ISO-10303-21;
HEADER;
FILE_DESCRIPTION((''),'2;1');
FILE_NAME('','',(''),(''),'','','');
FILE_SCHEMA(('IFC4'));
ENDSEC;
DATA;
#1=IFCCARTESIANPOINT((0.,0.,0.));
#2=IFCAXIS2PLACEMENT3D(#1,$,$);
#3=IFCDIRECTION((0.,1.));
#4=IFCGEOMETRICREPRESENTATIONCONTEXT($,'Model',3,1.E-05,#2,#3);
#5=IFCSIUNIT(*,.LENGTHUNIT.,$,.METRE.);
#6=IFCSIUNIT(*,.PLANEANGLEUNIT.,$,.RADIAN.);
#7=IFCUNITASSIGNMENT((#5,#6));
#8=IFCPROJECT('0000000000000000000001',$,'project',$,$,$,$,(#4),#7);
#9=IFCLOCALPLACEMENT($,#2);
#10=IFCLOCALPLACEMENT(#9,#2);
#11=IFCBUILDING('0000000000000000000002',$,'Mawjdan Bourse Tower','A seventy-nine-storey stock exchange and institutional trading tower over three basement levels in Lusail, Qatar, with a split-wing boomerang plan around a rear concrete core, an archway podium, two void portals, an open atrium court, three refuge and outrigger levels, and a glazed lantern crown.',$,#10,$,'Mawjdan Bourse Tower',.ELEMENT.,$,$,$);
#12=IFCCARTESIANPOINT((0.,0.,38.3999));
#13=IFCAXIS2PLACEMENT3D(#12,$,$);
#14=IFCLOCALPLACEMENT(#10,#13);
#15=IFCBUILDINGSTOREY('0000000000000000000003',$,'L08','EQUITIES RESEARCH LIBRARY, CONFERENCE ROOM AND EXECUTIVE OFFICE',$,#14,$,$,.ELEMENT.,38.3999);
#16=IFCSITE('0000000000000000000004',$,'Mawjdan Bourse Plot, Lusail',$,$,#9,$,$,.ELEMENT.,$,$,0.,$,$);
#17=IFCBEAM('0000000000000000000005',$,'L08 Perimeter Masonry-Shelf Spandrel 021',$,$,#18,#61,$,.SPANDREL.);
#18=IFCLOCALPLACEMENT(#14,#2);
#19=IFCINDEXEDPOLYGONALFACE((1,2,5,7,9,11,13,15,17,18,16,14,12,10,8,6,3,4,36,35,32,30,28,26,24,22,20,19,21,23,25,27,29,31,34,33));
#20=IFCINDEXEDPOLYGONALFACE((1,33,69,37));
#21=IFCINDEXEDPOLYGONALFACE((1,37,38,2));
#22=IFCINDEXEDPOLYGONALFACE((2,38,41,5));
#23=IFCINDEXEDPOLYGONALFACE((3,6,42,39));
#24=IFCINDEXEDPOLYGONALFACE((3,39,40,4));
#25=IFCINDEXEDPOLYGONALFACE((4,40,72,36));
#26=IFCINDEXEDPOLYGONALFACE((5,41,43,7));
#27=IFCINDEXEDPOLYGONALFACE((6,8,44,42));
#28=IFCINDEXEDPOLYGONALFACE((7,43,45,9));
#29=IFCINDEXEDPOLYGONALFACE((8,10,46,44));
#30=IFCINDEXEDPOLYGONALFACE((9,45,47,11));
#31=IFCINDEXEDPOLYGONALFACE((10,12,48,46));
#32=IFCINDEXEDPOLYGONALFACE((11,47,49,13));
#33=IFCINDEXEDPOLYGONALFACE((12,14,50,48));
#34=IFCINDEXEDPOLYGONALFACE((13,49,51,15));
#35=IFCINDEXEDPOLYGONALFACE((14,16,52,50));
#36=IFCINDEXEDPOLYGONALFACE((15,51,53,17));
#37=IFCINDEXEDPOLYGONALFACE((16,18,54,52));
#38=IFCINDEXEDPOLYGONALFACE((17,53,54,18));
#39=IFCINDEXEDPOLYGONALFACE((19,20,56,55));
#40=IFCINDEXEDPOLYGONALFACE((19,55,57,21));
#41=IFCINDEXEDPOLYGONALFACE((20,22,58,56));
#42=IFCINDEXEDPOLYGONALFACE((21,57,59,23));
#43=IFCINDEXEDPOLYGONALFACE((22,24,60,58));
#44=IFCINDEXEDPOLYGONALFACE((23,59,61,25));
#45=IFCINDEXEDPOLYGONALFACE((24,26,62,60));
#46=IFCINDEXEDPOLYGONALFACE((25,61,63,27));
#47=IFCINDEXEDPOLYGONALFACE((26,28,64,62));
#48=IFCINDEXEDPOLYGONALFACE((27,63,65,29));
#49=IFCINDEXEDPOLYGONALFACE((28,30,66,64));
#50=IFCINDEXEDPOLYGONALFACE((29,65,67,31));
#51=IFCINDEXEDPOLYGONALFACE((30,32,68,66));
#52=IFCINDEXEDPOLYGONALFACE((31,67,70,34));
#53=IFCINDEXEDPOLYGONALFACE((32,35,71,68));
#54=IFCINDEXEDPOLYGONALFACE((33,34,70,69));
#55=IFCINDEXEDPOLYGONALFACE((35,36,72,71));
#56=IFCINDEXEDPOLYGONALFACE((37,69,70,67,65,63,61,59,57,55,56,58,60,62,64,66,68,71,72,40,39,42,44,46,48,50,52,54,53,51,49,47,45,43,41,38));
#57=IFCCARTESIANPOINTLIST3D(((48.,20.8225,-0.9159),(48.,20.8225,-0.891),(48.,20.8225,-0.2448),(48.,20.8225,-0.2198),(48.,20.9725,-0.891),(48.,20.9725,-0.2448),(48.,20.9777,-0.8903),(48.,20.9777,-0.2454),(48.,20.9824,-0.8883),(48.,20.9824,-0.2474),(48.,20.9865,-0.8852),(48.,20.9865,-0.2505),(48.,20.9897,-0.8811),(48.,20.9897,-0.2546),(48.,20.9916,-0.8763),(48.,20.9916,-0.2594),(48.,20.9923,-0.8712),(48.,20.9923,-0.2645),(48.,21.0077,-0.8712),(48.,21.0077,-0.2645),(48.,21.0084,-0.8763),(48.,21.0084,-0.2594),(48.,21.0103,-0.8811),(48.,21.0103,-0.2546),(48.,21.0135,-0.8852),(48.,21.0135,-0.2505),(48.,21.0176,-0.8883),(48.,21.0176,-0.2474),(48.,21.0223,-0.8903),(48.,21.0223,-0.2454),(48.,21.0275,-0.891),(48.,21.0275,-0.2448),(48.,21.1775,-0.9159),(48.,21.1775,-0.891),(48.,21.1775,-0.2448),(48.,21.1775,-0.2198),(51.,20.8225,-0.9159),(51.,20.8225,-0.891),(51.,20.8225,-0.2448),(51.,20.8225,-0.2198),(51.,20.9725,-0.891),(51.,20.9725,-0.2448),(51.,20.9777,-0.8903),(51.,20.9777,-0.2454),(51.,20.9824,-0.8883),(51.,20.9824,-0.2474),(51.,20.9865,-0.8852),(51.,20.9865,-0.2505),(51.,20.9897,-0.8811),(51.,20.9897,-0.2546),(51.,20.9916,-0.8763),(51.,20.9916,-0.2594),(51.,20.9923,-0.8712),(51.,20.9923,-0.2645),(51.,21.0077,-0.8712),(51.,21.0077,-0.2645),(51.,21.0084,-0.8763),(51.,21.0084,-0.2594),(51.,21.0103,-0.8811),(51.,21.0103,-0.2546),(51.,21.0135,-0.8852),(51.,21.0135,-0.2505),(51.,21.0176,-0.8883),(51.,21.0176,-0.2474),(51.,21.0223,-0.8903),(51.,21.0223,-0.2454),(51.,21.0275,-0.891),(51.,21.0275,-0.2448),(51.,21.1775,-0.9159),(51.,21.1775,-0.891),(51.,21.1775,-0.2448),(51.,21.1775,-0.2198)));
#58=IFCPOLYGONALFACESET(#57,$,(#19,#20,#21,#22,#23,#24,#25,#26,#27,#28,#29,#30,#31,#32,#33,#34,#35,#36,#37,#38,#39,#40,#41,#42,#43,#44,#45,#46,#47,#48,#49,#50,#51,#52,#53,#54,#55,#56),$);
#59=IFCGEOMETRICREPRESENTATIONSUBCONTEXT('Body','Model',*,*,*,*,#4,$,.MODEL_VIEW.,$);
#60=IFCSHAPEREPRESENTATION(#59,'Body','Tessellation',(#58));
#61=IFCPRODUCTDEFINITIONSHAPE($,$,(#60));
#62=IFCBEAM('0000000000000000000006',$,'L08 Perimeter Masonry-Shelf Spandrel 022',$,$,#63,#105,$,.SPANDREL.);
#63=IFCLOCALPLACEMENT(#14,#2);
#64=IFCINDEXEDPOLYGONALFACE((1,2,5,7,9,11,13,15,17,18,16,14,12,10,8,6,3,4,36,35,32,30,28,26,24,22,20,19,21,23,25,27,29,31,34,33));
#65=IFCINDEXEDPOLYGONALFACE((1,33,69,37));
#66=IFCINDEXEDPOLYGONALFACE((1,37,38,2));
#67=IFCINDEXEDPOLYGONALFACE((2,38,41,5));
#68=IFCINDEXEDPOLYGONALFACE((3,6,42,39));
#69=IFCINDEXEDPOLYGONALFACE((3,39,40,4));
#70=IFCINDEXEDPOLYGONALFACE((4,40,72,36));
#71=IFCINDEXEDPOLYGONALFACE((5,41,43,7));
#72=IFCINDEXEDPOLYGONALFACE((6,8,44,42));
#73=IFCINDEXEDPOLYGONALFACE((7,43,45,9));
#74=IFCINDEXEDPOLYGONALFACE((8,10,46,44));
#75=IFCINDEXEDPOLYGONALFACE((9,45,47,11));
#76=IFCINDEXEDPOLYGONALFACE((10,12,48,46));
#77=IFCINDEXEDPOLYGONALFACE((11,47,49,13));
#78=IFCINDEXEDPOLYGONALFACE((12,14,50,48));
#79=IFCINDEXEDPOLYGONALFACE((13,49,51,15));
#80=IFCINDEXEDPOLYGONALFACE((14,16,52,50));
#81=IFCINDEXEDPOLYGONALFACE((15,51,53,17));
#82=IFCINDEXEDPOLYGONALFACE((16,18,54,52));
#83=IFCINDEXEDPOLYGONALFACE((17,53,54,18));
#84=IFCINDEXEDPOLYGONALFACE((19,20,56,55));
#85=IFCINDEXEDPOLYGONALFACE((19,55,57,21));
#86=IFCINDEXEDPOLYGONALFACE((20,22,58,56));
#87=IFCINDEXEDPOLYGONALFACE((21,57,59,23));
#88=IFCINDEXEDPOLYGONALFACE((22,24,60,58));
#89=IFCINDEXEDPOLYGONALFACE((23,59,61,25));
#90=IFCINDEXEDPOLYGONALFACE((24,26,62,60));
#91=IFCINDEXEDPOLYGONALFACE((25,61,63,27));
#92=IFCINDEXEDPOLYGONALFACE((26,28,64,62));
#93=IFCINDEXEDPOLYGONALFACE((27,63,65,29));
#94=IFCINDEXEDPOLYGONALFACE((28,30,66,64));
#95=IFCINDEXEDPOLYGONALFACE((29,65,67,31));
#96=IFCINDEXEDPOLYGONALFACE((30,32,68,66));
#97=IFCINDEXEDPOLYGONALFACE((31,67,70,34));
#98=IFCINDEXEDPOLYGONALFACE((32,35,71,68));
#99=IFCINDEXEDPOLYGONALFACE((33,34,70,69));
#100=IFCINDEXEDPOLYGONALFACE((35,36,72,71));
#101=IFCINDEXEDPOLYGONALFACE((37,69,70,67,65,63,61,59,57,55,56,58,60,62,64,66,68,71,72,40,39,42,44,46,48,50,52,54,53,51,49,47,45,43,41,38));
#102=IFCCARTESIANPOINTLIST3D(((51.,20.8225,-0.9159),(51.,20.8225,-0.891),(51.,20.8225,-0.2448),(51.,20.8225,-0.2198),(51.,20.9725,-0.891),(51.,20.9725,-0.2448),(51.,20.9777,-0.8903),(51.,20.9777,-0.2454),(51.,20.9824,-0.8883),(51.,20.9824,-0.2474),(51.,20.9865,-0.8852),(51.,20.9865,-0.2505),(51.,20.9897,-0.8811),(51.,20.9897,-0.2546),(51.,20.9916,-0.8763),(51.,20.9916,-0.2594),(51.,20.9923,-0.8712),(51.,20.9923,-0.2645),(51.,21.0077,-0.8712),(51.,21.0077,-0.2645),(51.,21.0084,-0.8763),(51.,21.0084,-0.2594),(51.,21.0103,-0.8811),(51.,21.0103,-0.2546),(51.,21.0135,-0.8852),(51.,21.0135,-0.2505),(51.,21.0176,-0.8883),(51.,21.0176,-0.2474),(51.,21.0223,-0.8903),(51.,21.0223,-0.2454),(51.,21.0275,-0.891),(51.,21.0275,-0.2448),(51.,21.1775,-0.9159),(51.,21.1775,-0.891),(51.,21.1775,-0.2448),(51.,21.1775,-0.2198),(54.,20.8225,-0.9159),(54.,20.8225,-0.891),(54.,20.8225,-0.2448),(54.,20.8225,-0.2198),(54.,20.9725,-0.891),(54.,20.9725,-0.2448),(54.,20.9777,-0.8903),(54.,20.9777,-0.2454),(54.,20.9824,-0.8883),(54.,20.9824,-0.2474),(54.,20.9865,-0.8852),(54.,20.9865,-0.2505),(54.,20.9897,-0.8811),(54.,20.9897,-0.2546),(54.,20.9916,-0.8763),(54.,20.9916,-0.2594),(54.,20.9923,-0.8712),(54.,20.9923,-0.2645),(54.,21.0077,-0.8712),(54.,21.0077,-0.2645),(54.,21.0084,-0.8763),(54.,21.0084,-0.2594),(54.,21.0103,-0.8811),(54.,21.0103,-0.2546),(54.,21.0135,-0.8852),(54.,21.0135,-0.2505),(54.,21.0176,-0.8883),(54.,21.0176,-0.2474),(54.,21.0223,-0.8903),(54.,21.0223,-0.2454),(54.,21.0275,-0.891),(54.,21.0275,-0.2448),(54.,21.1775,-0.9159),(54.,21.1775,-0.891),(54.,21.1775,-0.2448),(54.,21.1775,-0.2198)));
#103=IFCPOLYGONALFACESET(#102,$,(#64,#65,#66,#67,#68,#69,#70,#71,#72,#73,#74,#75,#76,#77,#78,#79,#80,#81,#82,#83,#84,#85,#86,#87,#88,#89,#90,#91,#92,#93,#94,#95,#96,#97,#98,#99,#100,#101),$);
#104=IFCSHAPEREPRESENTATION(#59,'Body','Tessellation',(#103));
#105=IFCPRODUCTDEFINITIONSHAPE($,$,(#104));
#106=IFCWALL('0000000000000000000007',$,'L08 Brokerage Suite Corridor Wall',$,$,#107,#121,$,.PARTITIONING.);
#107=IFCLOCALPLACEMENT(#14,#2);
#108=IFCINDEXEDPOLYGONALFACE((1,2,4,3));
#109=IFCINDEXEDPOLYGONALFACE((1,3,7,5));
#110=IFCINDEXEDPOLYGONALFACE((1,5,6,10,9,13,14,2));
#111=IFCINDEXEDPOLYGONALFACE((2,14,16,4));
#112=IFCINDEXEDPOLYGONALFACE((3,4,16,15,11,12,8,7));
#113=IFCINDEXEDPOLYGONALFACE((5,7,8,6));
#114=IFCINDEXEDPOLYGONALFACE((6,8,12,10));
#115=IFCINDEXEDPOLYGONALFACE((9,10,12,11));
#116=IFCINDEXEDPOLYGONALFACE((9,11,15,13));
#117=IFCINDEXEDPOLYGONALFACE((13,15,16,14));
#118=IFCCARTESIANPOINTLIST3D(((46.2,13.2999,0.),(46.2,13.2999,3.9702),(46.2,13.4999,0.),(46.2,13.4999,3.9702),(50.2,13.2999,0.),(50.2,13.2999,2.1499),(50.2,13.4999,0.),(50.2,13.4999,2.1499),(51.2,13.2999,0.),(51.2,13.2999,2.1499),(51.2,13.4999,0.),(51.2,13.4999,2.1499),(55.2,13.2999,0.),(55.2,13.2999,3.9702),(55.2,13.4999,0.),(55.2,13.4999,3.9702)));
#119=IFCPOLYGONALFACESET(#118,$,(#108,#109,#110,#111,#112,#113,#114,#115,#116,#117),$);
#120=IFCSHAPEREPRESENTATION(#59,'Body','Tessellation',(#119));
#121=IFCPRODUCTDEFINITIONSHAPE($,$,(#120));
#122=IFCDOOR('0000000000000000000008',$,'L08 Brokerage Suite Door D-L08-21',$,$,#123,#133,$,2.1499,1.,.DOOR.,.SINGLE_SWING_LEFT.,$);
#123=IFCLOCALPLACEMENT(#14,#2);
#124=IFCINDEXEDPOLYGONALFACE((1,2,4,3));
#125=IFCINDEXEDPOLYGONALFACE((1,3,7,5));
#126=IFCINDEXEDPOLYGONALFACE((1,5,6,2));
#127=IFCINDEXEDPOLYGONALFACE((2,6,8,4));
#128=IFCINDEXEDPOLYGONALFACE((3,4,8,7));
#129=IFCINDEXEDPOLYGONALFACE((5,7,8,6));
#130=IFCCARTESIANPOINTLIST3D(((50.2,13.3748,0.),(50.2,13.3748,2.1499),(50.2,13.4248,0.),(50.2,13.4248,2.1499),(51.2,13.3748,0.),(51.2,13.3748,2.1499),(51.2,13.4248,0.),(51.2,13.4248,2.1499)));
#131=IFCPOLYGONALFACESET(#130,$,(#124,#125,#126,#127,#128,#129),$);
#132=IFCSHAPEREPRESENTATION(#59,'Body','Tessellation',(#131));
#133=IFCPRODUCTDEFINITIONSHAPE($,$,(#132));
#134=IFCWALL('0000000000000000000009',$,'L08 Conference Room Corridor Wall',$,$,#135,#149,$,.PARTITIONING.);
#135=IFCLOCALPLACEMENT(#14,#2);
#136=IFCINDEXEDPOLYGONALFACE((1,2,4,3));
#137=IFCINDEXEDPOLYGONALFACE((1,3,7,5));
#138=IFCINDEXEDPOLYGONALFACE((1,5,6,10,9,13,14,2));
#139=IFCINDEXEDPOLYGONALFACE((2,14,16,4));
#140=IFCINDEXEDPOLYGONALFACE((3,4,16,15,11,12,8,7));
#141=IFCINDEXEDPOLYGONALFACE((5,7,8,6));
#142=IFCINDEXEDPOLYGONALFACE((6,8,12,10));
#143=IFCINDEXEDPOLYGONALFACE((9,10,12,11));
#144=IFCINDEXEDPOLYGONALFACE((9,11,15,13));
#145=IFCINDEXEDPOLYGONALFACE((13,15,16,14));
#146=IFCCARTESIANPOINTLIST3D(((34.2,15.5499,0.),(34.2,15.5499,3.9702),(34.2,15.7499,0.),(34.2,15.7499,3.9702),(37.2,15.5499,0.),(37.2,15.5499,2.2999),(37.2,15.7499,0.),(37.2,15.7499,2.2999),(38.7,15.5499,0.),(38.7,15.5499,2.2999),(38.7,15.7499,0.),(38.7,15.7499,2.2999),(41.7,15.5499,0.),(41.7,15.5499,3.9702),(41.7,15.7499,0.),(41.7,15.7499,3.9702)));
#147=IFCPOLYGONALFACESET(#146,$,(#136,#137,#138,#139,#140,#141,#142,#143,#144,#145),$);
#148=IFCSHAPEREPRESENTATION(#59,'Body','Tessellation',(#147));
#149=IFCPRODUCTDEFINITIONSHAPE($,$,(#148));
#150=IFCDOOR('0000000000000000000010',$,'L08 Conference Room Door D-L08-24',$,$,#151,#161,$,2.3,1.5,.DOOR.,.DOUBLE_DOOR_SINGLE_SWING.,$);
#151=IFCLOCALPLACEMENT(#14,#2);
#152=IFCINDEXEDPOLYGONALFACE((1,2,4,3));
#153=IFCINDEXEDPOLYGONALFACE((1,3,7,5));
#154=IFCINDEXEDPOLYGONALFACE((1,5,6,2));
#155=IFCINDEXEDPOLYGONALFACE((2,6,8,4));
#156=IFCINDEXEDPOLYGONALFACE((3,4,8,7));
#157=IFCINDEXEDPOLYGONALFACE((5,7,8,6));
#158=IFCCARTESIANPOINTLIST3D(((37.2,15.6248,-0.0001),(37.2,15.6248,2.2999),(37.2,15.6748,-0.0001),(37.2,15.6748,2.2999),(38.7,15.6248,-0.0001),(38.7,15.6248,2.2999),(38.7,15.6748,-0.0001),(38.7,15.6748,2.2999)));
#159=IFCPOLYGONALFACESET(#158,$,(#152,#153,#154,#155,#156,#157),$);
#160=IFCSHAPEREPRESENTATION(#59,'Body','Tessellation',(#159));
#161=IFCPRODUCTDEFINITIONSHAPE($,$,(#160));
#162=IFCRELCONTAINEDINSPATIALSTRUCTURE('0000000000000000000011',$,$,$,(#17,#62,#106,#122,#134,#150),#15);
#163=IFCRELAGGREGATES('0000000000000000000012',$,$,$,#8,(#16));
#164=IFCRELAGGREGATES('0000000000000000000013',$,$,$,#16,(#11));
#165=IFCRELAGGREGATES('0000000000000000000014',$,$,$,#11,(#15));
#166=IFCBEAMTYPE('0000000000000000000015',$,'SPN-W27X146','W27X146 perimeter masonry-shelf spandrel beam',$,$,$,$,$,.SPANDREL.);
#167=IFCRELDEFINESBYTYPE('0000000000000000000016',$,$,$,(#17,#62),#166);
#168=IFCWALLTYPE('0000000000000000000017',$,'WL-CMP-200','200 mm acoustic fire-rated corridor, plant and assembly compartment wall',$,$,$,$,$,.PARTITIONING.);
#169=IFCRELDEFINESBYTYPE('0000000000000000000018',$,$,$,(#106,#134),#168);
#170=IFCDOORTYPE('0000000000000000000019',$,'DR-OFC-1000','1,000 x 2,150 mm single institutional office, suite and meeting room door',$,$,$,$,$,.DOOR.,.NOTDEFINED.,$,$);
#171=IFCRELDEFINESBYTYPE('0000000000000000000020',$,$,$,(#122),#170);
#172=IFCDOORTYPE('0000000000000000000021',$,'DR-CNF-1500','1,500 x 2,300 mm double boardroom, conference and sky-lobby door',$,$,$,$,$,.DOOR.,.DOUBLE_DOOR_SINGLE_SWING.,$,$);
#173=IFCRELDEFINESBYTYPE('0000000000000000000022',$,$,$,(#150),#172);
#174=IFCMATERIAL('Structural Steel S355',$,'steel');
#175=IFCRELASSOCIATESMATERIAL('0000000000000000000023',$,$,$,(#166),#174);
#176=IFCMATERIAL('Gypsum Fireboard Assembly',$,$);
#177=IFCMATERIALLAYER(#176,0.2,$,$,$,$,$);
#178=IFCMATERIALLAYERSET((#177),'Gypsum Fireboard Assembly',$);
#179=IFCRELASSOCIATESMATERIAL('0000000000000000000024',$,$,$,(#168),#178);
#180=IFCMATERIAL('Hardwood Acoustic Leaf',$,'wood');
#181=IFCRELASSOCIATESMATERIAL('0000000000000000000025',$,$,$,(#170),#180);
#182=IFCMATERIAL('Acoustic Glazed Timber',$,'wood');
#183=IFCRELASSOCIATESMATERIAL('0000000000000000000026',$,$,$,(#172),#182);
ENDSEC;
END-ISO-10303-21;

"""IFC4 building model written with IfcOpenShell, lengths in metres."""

from ifc_helpers import new_model, si_unit, direction, frame, frame_2d, origin, origin_2d, place, context, subcontext, project, spatial, rectangle, i_section, extrude, material, layer, layer_set, material_profile, profile_set, type_object, element, fill, save


model = new_model("IFC4")

# Units and contexts
model_context = context("Model", 3, precision=1e-05, world=origin(), true_north=direction((0.0, 1.0)))
body_context = subcontext(model_context, "Body", "Model", "MODEL_VIEW")
ifc_project = project(units=[si_unit("LENGTHUNIT", "METRE"), si_unit("PLANEANGLEUNIT", "RADIAN")], contexts=[model_context])

# Site, building, storey
site_placement = place(None, origin())
site = spatial("IfcSite", under=ifc_project, at=site_placement, Name="Mawjdan Bourse Plot, Lusail", CompositionType="ELEMENT", RefElevation=0.0)
building_placement = place(site_placement, origin())
building = spatial("IfcBuilding", under=site, at=building_placement, Name="Mawjdan Bourse Tower", Description="A seventy-nine-storey stock exchange and institutional trading tower over three basement levels in Lusail, Qatar, with a split-wing boomerang plan around a rear concrete core, an archway podium, two void portals, an open atrium court, three refuge and outrigger levels, and a glazed lantern crown.", LongName="Mawjdan Bourse Tower", CompositionType="ELEMENT")
storey_placement = place(building_placement, frame((0.0, 0.0, 38.3999)))
storey = spatial("IfcBuildingStorey", under=building, at=storey_placement, Name="L08", Description="EQUITIES RESEARCH LIBRARY, CONFERENCE ROOM AND EXECUTIVE OFFICE", CompositionType="ELEMENT", Elevation=38.3999)

# Beams
ifc_material_1 = material(Name="Structural Steel S355", Category="steel")
ifc_material_profile_1 = material_profile(ifc_material_1, i_section(OverallWidth=0.355, OverallDepth=0.696, WebThickness=0.0154, FlangeThickness=0.0249, FilletRadius=0.0198, at=origin_2d()), Name="W27X146")
ifc_profile_set_1 = profile_set([ifc_material_profile_1], Name="Structural Steel S355")
beam_type_1 = type_object("IfcBeamType", Name="SPN-W27X146", Description="W27X146 perimeter masonry-shelf spandrel beam", PredefinedType="SPANDREL", material=ifc_profile_set_1)
for number, where, z_axis, x_axis, name in (
    (1, (48.0, 21.0, -0.5679), (1.0, 0.0, 0.0), (0.0, 1.0, 0.0), "L08 Perimeter Masonry-Shelf Spandrel 021"),
    (2, (51.0, 21.0, -0.5679), (1.0, 0.0, 0.0), (0.0, 1.0, 0.0), "L08 Perimeter Masonry-Shelf Spandrel 022"),
):
    element("IfcBeam", number, at=place(storey_placement, frame(where, z_axis=z_axis, x_axis=x_axis)), inside=storey, type_object=beam_type_1, Name=name, PredefinedType="SPANDREL", context=body_context, shape_type="SweptSolid", body=[
        extrude(i_section(OverallWidth=0.355, OverallDepth=0.696, WebThickness=0.0154, FlangeThickness=0.0249, FilletRadius=0.0198, at=origin_2d()), origin(), (0.0, 0.0, 1.0), 3.0),
    ])

# Walls, openings, doors
ifc_material_2 = material(Name="Gypsum Fireboard Assembly")
ifc_layer_1 = layer(ifc_material_2, 0.2)
ifc_layer_set_1 = layer_set([ifc_layer_1], Name="Gypsum Fireboard Assembly")
wall_type_1 = type_object("IfcWallType", Name="WL-CMP-200", Description="200 mm acoustic fire-rated corridor, plant and assembly compartment wall", PredefinedType="PARTITIONING", material=ifc_layer_set_1)
wall_1_placement = place(storey_placement, frame((46.2, 13.3999, 0.0), z_axis=(0.0, 0.0, 1.0), x_axis=(1.0, 0.0, 0.0)))
wall_1 = element("IfcWall", 3, at=wall_1_placement, inside=storey, type_object=wall_type_1, Name="L08 Brokerage Suite Corridor Wall", PredefinedType="PARTITIONING", context=body_context, shape_type="SweptSolid", body=[
    extrude(rectangle(XDim=9.0, YDim=0.2, at=frame_2d((4.5, 0.0))), origin(), (0.0, 0.0, 1.0), 3.9702),
])
opening_1_placement = place(wall_1_placement, frame((4.0, 0.0, 0.0)))
opening_1 = element("IfcOpeningElement", 4, at=opening_1_placement, cuts=wall_1, PredefinedType="OPENING", context=body_context, shape_type="SweptSolid", body=[
    extrude(rectangle(XDim=1.0, YDim=2.1499, at=frame_2d((0.5, 1.075))), frame((0.0, 0.1099, 0.0), z_axis=(0.0, -1.0, 0.0), x_axis=(1.0, 0.0, 0.0)), (0.0, 0.0, 1.0), 0.22),
])
ifc_material_3 = material(Name="Hardwood Acoustic Leaf", Category="wood")
door_type_1 = type_object("IfcDoorType", Name="DR-OFC-1000", Description="1,000 x 2,150 mm single institutional office, suite and meeting room door", OperationType="NOTDEFINED", PredefinedType="DOOR", material=ifc_material_3)
door_1_placement = place(opening_1_placement, origin())
door_1 = element("IfcDoor", 5, at=door_1_placement, inside=storey, type_object=door_type_1, Name="L08 Brokerage Suite Door D-L08-21", OperationType="SINGLE_SWING_LEFT", OverallHeight=2.1499, OverallWidth=1.0, PredefinedType="DOOR", context=body_context, shape_type="SweptSolid", body=[
    extrude(rectangle(XDim=1.0, YDim=2.1499, at=frame_2d((0.5, 1.075))), frame((0.0, 0.0249, 0.0), z_axis=(0.0, -1.0, 0.0), x_axis=(1.0, 0.0, 0.0)), (0.0, 0.0, 1.0), 0.05),
])
fill(opening_1, door_1)
wall_2_placement = place(storey_placement, frame((34.2, 15.6499, 0.0), z_axis=(0.0, 0.0, 1.0), x_axis=(1.0, 0.0, 0.0)))
wall_2 = element("IfcWall", 6, at=wall_2_placement, inside=storey, type_object=wall_type_1, Name="L08 Conference Room Corridor Wall", PredefinedType="PARTITIONING", context=body_context, shape_type="SweptSolid", body=[
    extrude(rectangle(XDim=7.5, YDim=0.2, at=frame_2d((3.75, 0.0))), origin(), (0.0, 0.0, 1.0), 3.9702),
])
opening_2_placement = place(wall_2_placement, frame((3.0, 0.0, 0.0)))
opening_2 = element("IfcOpeningElement", 7, at=opening_2_placement, cuts=wall_2, PredefinedType="OPENING", context=body_context, shape_type="SweptSolid", body=[
    extrude(rectangle(XDim=1.5, YDim=2.3, at=frame_2d((0.75, 1.1499))), frame((0.0, 0.1099, 0.0), z_axis=(0.0, -1.0, 0.0), x_axis=(1.0, 0.0, 0.0)), (0.0, 0.0, 1.0), 0.22),
])
ifc_material_4 = material(Name="Acoustic Glazed Timber", Category="wood")
door_type_2 = type_object("IfcDoorType", Name="DR-CNF-1500", Description="1,500 x 2,300 mm double boardroom, conference and sky-lobby door", OperationType="DOUBLE_DOOR_SINGLE_SWING", PredefinedType="DOOR", material=ifc_material_4)
door_2_placement = place(opening_2_placement, origin())
door_2 = element("IfcDoor", 8, at=door_2_placement, inside=storey, type_object=door_type_2, Name="L08 Conference Room Door D-L08-24", OperationType="DOUBLE_DOOR_SINGLE_SWING", OverallHeight=2.3, OverallWidth=1.5, PredefinedType="DOOR", context=body_context, shape_type="SweptSolid", body=[
    extrude(rectangle(XDim=1.5, YDim=2.3, at=frame_2d((0.75, 1.1499))), frame((0.0, 0.0249, 0.0), z_axis=(0.0, -1.0, 0.0), x_axis=(1.0, 0.0, 0.0)), (0.0, 0.0, 1.0), 0.05),
])
fill(opening_2, door_2)

save(model, "model.ifc")
